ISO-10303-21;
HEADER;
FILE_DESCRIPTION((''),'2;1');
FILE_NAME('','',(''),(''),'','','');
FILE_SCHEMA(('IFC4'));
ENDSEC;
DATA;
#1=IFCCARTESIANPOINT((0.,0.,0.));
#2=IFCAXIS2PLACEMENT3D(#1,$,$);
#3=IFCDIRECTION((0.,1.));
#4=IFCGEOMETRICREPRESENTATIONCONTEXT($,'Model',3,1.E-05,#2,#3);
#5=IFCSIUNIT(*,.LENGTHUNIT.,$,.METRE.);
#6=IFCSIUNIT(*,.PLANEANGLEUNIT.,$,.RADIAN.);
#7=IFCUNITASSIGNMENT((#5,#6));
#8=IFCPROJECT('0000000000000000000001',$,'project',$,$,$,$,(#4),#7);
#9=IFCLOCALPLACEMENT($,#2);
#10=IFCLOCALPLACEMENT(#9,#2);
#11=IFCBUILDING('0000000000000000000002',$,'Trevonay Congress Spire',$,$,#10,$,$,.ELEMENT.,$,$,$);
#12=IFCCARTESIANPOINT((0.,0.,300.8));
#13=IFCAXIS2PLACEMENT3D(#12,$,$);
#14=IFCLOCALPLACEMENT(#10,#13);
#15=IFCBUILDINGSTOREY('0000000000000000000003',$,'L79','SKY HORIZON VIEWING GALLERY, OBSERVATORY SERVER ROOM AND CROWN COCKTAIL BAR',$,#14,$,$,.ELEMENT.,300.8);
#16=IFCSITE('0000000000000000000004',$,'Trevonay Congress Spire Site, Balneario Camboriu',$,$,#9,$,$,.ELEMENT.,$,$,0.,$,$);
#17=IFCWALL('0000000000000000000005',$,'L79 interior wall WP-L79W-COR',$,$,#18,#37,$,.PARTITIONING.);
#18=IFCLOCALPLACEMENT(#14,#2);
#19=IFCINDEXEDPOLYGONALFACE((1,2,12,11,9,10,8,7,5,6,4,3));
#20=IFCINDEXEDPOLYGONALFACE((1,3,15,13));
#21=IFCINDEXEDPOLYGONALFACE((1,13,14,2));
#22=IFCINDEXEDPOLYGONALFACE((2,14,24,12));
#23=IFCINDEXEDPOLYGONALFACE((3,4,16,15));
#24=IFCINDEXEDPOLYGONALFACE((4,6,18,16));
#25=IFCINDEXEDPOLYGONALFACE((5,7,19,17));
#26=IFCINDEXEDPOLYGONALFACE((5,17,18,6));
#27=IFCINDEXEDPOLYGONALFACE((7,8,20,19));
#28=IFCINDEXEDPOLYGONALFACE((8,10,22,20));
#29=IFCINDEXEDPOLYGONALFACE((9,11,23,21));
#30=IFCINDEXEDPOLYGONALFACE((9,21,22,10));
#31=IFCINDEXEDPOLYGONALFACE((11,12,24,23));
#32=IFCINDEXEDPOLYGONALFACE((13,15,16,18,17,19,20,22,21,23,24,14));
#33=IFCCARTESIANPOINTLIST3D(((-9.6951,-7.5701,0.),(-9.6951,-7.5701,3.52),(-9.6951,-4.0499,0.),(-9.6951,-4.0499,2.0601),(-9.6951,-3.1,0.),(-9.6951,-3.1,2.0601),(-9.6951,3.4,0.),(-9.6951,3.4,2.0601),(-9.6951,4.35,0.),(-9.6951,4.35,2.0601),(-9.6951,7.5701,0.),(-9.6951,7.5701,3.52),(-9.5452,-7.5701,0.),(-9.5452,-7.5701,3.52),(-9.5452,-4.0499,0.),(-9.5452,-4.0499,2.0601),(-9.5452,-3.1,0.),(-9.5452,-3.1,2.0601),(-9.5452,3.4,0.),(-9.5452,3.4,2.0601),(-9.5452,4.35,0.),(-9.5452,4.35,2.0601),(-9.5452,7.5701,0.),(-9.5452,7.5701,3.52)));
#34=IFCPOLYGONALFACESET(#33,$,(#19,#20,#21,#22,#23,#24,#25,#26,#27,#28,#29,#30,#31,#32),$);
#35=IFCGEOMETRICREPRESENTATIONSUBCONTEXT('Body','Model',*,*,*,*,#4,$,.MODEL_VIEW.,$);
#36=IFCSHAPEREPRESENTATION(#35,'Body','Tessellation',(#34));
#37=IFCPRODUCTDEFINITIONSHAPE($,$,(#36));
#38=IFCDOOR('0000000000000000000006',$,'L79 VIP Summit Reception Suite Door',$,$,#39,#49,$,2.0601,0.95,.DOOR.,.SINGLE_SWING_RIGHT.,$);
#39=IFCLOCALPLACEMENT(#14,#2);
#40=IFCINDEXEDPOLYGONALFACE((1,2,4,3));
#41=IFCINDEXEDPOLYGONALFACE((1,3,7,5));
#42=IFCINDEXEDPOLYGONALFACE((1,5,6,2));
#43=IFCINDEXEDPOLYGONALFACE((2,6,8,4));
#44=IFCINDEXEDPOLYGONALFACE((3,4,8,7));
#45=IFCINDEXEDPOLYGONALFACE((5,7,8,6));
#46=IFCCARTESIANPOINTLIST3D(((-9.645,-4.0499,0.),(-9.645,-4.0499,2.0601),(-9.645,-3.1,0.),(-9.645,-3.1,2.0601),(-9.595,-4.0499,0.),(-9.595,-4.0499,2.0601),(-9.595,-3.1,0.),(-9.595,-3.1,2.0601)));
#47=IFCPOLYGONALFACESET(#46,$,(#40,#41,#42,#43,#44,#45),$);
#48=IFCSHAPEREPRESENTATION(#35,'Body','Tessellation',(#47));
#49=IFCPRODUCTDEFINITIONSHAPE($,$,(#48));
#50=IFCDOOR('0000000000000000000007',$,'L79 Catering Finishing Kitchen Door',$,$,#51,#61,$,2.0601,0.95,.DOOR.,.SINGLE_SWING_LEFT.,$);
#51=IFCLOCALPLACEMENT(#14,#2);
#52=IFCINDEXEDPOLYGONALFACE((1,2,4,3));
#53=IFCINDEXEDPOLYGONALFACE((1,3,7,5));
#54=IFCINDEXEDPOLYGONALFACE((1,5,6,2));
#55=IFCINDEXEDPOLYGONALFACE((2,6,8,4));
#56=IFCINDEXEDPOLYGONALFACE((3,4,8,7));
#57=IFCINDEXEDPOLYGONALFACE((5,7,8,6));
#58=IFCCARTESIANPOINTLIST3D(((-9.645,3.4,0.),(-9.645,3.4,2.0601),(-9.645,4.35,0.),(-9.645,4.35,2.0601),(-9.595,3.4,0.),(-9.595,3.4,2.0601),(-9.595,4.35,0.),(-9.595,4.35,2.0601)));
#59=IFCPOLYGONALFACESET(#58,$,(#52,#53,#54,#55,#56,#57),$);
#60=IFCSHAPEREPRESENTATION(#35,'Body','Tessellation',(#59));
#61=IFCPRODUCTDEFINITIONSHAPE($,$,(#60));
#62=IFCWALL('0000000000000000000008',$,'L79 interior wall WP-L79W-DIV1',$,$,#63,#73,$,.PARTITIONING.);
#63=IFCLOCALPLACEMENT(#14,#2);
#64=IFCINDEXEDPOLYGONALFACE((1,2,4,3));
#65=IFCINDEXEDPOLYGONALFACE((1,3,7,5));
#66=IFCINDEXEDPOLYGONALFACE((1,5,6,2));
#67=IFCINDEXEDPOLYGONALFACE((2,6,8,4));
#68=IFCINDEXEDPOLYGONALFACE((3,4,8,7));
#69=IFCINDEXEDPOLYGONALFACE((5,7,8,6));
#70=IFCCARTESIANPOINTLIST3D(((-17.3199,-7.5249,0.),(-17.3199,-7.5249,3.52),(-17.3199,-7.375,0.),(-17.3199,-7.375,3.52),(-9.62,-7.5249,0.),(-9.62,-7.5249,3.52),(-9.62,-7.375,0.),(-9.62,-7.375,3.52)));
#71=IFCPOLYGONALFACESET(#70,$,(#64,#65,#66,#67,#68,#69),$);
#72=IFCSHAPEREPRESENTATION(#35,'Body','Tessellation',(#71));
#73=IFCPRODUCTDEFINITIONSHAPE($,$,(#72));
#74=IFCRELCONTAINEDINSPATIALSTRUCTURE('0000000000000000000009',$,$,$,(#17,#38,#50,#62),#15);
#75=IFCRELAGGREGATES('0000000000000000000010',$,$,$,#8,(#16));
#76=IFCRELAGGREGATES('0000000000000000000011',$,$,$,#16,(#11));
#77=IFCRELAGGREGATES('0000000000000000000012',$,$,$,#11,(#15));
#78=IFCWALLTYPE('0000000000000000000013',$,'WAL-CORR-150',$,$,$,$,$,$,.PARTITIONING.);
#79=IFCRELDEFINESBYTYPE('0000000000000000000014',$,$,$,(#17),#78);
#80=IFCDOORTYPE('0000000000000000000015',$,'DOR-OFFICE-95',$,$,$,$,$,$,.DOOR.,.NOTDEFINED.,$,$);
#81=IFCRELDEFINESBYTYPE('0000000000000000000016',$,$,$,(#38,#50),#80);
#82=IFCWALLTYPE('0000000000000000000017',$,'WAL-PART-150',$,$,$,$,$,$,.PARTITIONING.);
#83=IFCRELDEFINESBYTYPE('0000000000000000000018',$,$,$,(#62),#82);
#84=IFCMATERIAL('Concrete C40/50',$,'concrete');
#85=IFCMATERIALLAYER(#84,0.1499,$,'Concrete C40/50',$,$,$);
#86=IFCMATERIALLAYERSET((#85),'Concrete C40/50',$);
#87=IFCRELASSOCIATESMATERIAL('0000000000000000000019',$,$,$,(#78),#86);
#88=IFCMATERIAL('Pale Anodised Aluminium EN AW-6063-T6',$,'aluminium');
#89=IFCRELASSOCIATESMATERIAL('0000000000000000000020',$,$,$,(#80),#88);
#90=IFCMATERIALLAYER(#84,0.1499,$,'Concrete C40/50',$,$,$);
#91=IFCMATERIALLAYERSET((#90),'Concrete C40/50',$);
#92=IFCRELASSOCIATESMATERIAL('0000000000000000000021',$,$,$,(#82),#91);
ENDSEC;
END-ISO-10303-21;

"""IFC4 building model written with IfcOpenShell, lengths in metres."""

from ifc_helpers import new_model, si_unit, direction, frame, frame_2d, origin, place, context, subcontext, project, spatial, rectangle, extrude, material, layer, layer_set, type_object, element, fill, save


model = new_model("IFC4")

# Units and contexts
model_context = context("Model", 3, precision=1e-05, world=origin(), true_north=direction((0.0, 1.0)))
body_context = subcontext(model_context, "Body", "Model", "MODEL_VIEW")
ifc_project = project(units=[si_unit("LENGTHUNIT", "METRE"), si_unit("PLANEANGLEUNIT", "RADIAN")], contexts=[model_context])

# Site, building, storey
site_placement = place(None, origin())
site = spatial("IfcSite", under=ifc_project, at=site_placement, Name="Trevonay Congress Spire Site, Balneario Camboriu", CompositionType="ELEMENT", RefElevation=0.0)
building_placement = place(site_placement, origin())
building = spatial("IfcBuilding", under=site, at=building_placement, Name="Trevonay Congress Spire", CompositionType="ELEMENT")
storey_placement = place(building_placement, frame((0.0, 0.0, 300.8)))
storey = spatial("IfcBuildingStorey", under=building, at=storey_placement, Name="L79", Description="SKY HORIZON VIEWING GALLERY, OBSERVATORY SERVER ROOM AND CROWN COCKTAIL BAR", CompositionType="ELEMENT", Elevation=300.8)

# Shared definitions
ifc_material_1 = material(Name="Pale Anodised Aluminium EN AW-6063-T6", Category="aluminium")

# Wall, openings, doors
ifc_material_2 = material(Name="Concrete C40/50", Category="concrete")
ifc_layer_1 = layer(ifc_material_2, 0.1499, Name="Concrete C40/50")
ifc_layer_set_1 = layer_set([ifc_layer_1], Name="Concrete C40/50")
wall_type_1 = type_object("IfcWallType", Name="WAL-CORR-150", PredefinedType="PARTITIONING", material=ifc_layer_set_1)
wall_1_placement = place(storey_placement, frame((-9.6201, -7.5701, 0.0), z_axis=(0.0, 0.0, 1.0), x_axis=(0.0, 1.0, 0.0)))
wall_1 = element("IfcWall", 1, at=wall_1_placement, inside=storey, type_object=wall_type_1, Name="L79 interior wall WP-L79W-COR", PredefinedType="PARTITIONING", context=body_context, shape_type="SweptSolid", body=[
    extrude(rectangle(XDim=15.1401, YDim=0.1499, at=frame_2d((7.5701, 0.0))), origin(), (0.0, 0.0, 1.0), 3.52),
])
opening_1_placement = place(wall_1_placement, frame((3.52, 0.0, 0.0)))
opening_1 = element("IfcOpeningElement", 2, at=opening_1_placement, cuts=wall_1, PredefinedType="OPENING", context=body_context, shape_type="SweptSolid", body=[
    extrude(rectangle(XDim=0.95, YDim=2.0601, at=frame_2d((0.4751, 1.03))), frame((0.0, 0.085, 0.0), z_axis=(0.0, -1.0, 0.0), x_axis=(1.0, 0.0, 0.0)), (0.0, 0.0, 1.0), 0.1699),
])
opening_2_placement = place(wall_1_placement, frame((10.97, 0.0, 0.0)))
opening_2 = element("IfcOpeningElement", 3, at=opening_2_placement, cuts=wall_1, PredefinedType="OPENING", context=body_context, shape_type="SweptSolid", body=[
    extrude(rectangle(XDim=0.95, YDim=2.0601, at=frame_2d((0.4751, 1.03))), frame((0.0, 0.085, 0.0), z_axis=(0.0, -1.0, 0.0), x_axis=(1.0, 0.0, 0.0)), (0.0, 0.0, 1.0), 0.1699),
])
door_type = type_object("IfcDoorType", Name="DOR-OFFICE-95", OperationType="NOTDEFINED", PredefinedType="DOOR", material=ifc_material_1)
door_1_placement = place(opening_1_placement, origin())
door_1 = element("IfcDoor", 4, at=door_1_placement, inside=storey, type_object=door_type, Name="L79 VIP Summit Reception Suite Door", OperationType="SINGLE_SWING_RIGHT", OverallHeight=2.0601, OverallWidth=0.95, PredefinedType="DOOR", context=body_context, shape_type="SweptSolid", body=[
    extrude(rectangle(XDim=0.95, YDim=2.0601, at=frame_2d((0.4751, 1.03))), frame((0.0, 0.0249, 0.0), z_axis=(0.0, -1.0, 0.0), x_axis=(1.0, 0.0, 0.0)), (0.0, 0.0, 1.0), 0.05),
])
fill(opening_1, door_1)
door_2_placement = place(opening_2_placement, origin())
door_2 = element("IfcDoor", 5, at=door_2_placement, inside=storey, type_object=door_type, Name="L79 Catering Finishing Kitchen Door", OperationType="SINGLE_SWING_LEFT", OverallHeight=2.0601, OverallWidth=0.95, PredefinedType="DOOR", context=body_context, shape_type="SweptSolid", body=[
    extrude(rectangle(XDim=0.95, YDim=2.0601, at=frame_2d((0.4751, 1.03))), frame((0.0, 0.0249, 0.0), z_axis=(0.0, -1.0, 0.0), x_axis=(1.0, 0.0, 0.0)), (0.0, 0.0, 1.0), 0.05),
])
fill(opening_2, door_2)

# Wall
ifc_layer_2 = layer(ifc_material_2, 0.1499, Name="Concrete C40/50")
ifc_layer_set_2 = layer_set([ifc_layer_2], Name="Concrete C40/50")
wall_type_2 = type_object("IfcWallType", Name="WAL-PART-150", PredefinedType="PARTITIONING", material=ifc_layer_set_2)
wall_2_placement = place(storey_placement, frame((-17.3201, -7.45, 0.0), z_axis=(0.0, 0.0, 1.0), x_axis=(1.0, 0.0, 0.0)))
element("IfcWall", 6, at=wall_2_placement, inside=storey, type_object=wall_type_2, Name="L79 interior wall WP-L79W-DIV1", PredefinedType="PARTITIONING", context=body_context, shape_type="SweptSolid", body=[
    extrude(rectangle(XDim=7.7, YDim=0.1499, at=frame_2d((3.8501, 0.0))), origin(), (0.0, 0.0, 1.0), 3.52),
])

save(model, "model.ifc")
